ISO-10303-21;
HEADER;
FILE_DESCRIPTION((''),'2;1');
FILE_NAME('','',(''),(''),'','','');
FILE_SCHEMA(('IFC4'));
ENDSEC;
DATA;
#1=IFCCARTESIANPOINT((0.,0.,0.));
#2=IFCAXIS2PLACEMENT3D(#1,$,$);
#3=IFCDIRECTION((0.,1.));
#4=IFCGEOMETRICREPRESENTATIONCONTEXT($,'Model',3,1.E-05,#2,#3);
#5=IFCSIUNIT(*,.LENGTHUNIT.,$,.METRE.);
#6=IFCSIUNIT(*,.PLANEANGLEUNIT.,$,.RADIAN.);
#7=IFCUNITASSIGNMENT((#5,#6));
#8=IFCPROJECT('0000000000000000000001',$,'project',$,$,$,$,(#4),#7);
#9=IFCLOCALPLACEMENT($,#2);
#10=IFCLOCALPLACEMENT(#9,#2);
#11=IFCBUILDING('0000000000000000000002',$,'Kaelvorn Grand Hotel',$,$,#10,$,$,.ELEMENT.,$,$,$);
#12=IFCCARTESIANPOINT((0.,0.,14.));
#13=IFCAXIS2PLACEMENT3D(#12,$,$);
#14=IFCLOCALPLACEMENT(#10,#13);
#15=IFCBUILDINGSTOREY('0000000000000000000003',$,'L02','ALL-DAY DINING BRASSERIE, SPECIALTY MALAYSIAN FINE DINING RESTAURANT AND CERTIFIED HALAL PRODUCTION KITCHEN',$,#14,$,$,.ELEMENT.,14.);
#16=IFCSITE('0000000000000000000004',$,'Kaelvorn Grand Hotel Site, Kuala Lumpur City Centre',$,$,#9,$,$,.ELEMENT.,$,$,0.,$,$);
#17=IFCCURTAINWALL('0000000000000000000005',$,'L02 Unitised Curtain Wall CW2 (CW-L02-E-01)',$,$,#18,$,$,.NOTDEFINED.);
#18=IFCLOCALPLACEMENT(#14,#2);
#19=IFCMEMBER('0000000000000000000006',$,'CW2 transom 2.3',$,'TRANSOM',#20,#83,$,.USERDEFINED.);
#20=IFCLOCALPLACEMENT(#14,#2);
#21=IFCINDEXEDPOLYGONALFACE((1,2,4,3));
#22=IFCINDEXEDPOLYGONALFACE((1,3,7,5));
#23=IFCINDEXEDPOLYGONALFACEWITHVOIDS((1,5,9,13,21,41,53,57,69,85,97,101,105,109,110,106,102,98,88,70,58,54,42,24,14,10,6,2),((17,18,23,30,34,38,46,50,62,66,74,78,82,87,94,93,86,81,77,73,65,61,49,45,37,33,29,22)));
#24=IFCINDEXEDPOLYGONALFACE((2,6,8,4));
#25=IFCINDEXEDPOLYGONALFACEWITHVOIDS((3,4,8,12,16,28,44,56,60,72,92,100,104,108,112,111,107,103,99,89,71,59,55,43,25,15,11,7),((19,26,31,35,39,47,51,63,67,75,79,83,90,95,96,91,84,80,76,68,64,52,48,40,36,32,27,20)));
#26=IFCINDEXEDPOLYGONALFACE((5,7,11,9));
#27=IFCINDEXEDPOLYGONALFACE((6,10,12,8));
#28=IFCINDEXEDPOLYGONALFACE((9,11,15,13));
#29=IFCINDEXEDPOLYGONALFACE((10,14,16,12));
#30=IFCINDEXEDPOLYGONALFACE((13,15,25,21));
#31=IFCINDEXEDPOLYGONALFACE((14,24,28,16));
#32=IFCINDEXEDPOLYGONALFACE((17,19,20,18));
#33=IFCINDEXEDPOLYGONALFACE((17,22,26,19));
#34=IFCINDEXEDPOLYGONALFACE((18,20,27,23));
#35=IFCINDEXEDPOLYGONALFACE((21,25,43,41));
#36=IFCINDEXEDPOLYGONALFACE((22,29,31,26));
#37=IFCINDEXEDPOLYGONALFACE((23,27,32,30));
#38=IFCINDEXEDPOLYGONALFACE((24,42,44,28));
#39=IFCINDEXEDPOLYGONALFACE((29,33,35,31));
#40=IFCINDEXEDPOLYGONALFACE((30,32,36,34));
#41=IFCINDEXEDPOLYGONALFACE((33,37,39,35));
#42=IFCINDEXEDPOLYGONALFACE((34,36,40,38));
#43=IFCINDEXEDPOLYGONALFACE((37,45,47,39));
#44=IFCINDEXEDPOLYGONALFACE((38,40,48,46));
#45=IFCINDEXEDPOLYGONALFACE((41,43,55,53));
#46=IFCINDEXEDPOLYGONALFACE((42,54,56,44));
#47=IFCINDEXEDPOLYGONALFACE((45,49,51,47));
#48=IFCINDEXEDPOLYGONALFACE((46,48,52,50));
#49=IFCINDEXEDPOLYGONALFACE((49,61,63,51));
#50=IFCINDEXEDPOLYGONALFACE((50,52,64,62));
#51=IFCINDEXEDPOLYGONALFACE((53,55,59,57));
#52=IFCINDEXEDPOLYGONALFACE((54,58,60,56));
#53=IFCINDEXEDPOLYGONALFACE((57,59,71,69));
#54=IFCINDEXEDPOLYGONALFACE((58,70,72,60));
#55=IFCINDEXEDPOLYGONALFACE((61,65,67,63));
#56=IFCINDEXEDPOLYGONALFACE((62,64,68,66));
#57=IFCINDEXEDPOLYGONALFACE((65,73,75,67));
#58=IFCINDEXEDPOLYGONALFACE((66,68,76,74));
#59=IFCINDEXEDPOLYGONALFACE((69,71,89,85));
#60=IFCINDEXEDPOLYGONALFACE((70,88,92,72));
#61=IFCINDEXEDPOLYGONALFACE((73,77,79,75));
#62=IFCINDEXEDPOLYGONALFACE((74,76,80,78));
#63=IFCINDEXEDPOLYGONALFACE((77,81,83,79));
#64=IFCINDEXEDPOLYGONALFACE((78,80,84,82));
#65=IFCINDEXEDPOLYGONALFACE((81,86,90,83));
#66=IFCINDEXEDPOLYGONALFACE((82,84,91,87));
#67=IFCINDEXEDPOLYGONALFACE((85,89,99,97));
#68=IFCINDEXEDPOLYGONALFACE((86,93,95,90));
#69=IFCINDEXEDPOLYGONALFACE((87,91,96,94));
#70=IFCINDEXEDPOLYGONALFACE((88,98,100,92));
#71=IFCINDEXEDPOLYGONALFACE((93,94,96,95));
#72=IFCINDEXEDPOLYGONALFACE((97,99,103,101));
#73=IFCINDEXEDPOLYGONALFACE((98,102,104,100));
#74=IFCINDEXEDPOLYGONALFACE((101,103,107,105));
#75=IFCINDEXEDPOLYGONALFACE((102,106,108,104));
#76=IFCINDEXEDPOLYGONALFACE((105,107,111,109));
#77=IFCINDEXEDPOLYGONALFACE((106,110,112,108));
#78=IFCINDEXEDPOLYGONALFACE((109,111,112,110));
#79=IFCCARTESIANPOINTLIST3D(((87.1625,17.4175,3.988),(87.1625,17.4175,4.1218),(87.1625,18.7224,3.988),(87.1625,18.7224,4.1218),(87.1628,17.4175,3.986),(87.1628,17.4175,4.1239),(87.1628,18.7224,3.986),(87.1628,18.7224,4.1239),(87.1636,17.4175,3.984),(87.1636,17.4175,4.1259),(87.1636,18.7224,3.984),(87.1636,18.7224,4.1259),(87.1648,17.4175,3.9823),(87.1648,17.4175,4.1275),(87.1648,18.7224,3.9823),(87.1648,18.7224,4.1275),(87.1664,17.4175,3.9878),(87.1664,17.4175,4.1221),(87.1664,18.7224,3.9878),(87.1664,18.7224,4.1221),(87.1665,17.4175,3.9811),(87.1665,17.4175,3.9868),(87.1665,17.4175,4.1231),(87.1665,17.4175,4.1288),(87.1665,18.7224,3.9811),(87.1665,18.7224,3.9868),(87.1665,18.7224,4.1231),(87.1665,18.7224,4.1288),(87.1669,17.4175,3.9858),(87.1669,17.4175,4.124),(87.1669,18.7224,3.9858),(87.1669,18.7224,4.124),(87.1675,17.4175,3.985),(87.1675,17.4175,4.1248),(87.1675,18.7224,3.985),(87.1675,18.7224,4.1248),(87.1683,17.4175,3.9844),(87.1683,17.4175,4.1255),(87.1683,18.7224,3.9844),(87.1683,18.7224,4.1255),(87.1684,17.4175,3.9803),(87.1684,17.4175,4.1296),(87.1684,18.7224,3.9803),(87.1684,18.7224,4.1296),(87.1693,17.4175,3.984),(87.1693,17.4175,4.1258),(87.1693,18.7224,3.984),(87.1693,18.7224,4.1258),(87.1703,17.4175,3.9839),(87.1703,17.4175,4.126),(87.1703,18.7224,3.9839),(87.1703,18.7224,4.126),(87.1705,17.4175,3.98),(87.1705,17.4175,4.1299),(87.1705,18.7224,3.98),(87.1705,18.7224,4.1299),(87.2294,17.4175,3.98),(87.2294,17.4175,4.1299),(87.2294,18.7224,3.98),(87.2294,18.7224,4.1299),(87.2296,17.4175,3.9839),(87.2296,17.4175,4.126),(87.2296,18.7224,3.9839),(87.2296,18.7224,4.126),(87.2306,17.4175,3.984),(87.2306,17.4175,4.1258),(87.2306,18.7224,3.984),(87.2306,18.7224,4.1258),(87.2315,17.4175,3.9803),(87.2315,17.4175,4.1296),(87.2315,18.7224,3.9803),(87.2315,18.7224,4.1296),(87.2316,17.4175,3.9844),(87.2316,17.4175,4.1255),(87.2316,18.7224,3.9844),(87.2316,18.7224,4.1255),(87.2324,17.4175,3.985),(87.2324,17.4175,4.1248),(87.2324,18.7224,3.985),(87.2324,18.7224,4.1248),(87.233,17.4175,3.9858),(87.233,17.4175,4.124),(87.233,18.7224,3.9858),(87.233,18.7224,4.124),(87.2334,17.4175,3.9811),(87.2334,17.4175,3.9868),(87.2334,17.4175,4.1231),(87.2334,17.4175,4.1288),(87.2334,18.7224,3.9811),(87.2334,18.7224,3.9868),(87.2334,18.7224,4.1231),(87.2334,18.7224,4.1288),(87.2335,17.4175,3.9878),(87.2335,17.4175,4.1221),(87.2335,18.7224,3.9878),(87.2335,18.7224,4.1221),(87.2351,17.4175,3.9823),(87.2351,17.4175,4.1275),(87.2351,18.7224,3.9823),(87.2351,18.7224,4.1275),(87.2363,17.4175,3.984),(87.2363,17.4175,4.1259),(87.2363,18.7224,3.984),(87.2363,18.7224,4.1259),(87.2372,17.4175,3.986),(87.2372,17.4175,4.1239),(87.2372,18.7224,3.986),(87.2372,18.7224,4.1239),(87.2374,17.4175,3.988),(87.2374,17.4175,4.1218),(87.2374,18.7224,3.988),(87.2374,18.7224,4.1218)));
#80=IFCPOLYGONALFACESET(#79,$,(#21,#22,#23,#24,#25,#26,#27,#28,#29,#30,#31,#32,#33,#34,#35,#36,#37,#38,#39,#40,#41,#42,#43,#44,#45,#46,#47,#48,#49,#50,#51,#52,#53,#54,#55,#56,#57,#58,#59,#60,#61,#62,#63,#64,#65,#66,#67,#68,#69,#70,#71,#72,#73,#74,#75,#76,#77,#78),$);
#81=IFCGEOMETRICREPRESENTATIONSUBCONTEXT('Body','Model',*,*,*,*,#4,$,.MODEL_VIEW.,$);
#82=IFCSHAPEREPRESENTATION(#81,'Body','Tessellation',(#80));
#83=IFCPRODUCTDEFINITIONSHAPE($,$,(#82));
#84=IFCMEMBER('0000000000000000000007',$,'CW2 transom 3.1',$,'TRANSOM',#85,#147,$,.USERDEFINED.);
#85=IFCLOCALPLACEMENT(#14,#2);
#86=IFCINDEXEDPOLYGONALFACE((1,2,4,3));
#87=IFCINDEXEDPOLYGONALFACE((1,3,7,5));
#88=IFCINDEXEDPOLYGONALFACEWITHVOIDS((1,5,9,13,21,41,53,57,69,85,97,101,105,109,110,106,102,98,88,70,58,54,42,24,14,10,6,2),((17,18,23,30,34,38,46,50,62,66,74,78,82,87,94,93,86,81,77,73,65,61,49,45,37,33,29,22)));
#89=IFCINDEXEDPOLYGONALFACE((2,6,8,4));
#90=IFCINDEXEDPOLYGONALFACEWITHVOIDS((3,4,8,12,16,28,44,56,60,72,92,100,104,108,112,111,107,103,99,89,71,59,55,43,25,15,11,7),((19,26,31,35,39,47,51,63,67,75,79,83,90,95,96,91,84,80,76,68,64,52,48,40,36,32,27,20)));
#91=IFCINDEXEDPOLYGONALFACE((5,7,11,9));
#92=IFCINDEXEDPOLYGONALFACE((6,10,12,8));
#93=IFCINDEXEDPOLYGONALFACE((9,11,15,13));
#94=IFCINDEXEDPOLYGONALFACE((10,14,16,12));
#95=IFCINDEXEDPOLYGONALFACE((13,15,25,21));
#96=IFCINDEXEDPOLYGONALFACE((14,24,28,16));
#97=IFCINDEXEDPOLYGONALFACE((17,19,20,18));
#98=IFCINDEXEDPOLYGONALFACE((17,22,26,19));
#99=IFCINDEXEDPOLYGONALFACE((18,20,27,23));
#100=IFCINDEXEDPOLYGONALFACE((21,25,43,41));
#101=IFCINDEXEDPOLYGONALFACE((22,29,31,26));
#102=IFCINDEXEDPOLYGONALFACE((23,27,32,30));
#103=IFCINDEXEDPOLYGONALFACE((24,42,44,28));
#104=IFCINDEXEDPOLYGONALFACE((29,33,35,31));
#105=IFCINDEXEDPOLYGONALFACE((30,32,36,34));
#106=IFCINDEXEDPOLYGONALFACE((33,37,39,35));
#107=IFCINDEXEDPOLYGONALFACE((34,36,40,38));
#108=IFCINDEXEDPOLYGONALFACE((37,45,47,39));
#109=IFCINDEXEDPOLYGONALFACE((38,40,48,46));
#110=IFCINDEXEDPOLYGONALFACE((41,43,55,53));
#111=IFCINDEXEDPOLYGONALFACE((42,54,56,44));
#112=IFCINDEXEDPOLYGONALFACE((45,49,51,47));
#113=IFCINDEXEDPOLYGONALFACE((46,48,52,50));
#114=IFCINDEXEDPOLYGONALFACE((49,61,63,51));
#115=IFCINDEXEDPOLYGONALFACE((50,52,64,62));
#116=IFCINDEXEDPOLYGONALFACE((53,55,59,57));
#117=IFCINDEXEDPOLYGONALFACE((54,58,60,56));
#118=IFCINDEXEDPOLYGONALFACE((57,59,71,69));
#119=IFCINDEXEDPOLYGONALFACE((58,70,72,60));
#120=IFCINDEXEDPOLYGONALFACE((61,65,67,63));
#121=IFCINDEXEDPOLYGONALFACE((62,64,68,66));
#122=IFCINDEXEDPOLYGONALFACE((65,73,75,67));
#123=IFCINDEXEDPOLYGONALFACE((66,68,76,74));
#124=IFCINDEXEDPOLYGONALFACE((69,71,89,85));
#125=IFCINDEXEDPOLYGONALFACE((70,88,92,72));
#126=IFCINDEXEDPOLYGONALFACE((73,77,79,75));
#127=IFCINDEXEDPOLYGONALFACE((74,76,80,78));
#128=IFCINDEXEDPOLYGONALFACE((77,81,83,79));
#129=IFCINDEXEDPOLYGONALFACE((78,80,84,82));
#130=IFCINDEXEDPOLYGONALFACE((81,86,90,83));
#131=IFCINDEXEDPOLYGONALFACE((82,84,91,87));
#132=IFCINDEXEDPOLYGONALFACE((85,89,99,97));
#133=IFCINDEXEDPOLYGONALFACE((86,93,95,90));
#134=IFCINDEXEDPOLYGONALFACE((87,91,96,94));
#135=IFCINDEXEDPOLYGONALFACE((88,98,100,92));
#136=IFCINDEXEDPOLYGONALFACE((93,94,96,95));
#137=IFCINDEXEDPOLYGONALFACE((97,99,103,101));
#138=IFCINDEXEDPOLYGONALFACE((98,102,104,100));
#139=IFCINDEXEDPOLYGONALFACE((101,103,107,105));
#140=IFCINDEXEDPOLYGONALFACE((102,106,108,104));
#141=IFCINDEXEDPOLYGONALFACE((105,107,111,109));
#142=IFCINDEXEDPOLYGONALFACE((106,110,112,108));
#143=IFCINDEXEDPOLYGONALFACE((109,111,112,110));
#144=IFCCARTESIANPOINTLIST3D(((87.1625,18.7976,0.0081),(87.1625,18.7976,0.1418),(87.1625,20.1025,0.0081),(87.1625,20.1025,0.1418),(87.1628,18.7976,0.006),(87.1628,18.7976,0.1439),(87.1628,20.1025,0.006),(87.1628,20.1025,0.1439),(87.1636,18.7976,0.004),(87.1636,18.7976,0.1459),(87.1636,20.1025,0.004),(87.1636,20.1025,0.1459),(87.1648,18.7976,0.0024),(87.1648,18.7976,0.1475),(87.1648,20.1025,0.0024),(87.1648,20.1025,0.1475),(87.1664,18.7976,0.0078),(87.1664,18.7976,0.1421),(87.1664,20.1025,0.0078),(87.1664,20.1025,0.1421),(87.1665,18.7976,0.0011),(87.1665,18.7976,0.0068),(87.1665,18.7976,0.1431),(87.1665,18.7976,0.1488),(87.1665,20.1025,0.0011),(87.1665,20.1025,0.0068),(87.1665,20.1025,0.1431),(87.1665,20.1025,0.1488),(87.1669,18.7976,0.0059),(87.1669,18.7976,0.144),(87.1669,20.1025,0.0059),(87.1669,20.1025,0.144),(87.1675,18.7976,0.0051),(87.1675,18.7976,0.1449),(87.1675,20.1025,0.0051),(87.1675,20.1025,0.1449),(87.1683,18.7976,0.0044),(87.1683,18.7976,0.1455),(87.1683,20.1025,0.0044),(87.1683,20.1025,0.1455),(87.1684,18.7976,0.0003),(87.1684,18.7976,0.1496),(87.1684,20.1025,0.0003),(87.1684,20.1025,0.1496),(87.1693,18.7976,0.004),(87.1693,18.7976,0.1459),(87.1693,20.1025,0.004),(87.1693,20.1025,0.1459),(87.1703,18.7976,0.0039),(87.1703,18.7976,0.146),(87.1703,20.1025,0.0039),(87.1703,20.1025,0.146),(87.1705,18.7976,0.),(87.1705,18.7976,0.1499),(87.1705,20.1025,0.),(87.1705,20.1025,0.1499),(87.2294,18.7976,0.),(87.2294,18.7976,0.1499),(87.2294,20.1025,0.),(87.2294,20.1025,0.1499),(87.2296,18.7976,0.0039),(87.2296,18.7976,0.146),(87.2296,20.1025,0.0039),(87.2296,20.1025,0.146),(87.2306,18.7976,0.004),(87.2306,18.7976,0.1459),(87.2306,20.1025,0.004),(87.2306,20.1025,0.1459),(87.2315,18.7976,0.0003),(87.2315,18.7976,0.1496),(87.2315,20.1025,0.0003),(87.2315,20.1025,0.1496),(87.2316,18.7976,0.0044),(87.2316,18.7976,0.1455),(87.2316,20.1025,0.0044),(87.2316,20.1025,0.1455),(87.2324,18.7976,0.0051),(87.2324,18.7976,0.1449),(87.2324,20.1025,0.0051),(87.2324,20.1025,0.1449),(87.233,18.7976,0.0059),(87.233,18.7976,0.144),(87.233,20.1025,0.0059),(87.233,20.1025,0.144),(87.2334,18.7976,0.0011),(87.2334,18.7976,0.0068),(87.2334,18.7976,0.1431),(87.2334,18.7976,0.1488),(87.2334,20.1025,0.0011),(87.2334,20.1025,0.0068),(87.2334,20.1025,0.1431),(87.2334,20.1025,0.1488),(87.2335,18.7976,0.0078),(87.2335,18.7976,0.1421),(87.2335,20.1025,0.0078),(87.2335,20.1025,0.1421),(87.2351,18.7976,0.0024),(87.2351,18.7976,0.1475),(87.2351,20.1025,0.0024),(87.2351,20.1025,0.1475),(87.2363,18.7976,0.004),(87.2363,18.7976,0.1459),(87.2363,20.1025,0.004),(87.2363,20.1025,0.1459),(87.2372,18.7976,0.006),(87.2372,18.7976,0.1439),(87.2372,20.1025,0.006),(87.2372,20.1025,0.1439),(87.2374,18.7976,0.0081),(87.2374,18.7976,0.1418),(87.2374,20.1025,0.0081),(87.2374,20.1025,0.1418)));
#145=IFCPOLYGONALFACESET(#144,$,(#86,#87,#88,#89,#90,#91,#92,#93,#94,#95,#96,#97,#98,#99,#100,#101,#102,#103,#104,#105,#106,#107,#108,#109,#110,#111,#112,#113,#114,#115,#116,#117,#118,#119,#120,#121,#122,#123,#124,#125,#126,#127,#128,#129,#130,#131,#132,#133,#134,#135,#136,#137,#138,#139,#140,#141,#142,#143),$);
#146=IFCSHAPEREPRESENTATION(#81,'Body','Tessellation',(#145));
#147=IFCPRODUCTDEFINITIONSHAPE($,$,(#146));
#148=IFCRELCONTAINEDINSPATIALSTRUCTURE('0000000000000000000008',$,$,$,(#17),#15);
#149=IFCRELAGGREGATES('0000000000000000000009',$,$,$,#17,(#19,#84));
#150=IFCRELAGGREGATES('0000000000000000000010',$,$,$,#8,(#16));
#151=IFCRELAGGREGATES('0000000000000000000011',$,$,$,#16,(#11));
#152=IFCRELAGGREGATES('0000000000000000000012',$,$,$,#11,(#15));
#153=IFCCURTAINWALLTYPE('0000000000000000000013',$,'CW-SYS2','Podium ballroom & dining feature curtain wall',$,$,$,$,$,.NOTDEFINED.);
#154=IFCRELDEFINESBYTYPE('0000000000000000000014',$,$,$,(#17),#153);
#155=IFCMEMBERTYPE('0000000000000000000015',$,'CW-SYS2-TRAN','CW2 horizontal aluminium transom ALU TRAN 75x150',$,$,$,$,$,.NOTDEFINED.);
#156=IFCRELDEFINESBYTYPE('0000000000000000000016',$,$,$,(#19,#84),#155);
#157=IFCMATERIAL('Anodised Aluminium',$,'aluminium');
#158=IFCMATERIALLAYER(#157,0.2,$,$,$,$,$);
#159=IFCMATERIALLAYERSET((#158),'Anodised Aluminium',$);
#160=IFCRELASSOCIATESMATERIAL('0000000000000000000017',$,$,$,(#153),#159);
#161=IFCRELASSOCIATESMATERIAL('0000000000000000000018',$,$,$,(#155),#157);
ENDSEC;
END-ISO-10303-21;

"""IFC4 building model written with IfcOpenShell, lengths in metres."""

from ifc_helpers import new_model, si_unit, direction, frame, origin, origin_2d, place, context, subcontext, project, spatial, hollow_rectangle, extrude, material, layer, layer_set, material_profile, profile_set, type_object, element, aggregate, save


model = new_model("IFC4")

# Units and contexts
model_context = context("Model", 3, precision=1e-05, world=origin(), true_north=direction((0.0, 1.0)))
body_context = subcontext(model_context, "Body", "Model", "MODEL_VIEW")
ifc_project = project(units=[si_unit("LENGTHUNIT", "METRE"), si_unit("PLANEANGLEUNIT", "RADIAN")], contexts=[model_context])

# Site, building, storey
site_placement = place(None, origin())
site = spatial("IfcSite", under=ifc_project, at=site_placement, Name="Kaelvorn Grand Hotel Site, Kuala Lumpur City Centre", CompositionType="ELEMENT", RefElevation=0.0)
building_placement = place(site_placement, origin())
building = spatial("IfcBuilding", under=site, at=building_placement, Name="Kaelvorn Grand Hotel", CompositionType="ELEMENT")
storey_placement = place(building_placement, frame((0.0, 0.0, 14.0)))
storey = spatial("IfcBuildingStorey", under=building, at=storey_placement, Name="L02", Description="ALL-DAY DINING BRASSERIE, SPECIALTY MALAYSIAN FINE DINING RESTAURANT AND CERTIFIED HALAL PRODUCTION KITCHEN", CompositionType="ELEMENT", Elevation=14.0)

# Curtain wall, members
ifc_material_1 = material(Name="Anodised Aluminium", Category="aluminium")
ifc_layer_1 = layer(ifc_material_1, 0.2)
ifc_layer_set_1 = layer_set([ifc_layer_1], Name="Anodised Aluminium")
curtain_wall_type = type_object("IfcCurtainWallType", Name="CW-SYS2", Description="Podium ballroom & dining feature curtain wall", PredefinedType="NOTDEFINED", material=ifc_layer_set_1)
curtain_wall_placement = place(storey_placement, origin())
curtain_wall = element("IfcCurtainWall", 1, at=curtain_wall_placement, inside=storey, type_object=curtain_wall_type, Name="L02 Unitised Curtain Wall CW2 (CW-L02-E-01)", PredefinedType="NOTDEFINED")
ifc_material_profile_1 = material_profile(ifc_material_1, hollow_rectangle(XDim=0.075, YDim=0.1499, WallThickness=0.0039, InnerFilletRadius=0.0039, OuterFilletRadius=0.0081, at=origin_2d()), Name="ALU TRAN 75x150")
ifc_profile_set_1 = profile_set([ifc_material_profile_1], Name="Anodised Aluminium")
member_type_1 = type_object("IfcMemberType", Name="CW-SYS2-TRAN", Description="CW2 horizontal aluminium transom ALU TRAN 75x150", PredefinedType="NOTDEFINED", material=ifc_profile_set_1)
member_1_placement = place(storey_placement, frame((87.2, 17.4175, 4.0549), z_axis=(0.0, 1.0, 0.0), x_axis=(-1.0, 0.0, 0.0)))
member_1 = element("IfcMember", 2, at=member_1_placement, type_object=member_type_1, Name="CW2 transom 2.3", ObjectType="TRANSOM", PredefinedType="USERDEFINED", context=body_context, shape_type="SweptSolid", body=[
    extrude(hollow_rectangle(XDim=0.075, YDim=0.1499, WallThickness=0.0039, InnerFilletRadius=0.0039, OuterFilletRadius=0.0081, at=origin_2d()), origin(), (0.0, 0.0, 1.0), 1.3049),
])
member_2_placement = place(storey_placement, frame((87.2, 18.7976, 0.075), z_axis=(0.0, 1.0, 0.0), x_axis=(-1.0, 0.0, 0.0)))
member_2 = element("IfcMember", 3, at=member_2_placement, type_object=member_type_1, Name="CW2 transom 3.1", ObjectType="TRANSOM", PredefinedType="USERDEFINED", context=body_context, shape_type="SweptSolid", body=[
    extrude(hollow_rectangle(XDim=0.075, YDim=0.1499, WallThickness=0.0039, InnerFilletRadius=0.0039, OuterFilletRadius=0.0081, at=origin_2d()), origin(), (0.0, 0.0, 1.0), 1.3049),
])
aggregate(curtain_wall, [member_1, member_2])

save(model, "model.ifc")
